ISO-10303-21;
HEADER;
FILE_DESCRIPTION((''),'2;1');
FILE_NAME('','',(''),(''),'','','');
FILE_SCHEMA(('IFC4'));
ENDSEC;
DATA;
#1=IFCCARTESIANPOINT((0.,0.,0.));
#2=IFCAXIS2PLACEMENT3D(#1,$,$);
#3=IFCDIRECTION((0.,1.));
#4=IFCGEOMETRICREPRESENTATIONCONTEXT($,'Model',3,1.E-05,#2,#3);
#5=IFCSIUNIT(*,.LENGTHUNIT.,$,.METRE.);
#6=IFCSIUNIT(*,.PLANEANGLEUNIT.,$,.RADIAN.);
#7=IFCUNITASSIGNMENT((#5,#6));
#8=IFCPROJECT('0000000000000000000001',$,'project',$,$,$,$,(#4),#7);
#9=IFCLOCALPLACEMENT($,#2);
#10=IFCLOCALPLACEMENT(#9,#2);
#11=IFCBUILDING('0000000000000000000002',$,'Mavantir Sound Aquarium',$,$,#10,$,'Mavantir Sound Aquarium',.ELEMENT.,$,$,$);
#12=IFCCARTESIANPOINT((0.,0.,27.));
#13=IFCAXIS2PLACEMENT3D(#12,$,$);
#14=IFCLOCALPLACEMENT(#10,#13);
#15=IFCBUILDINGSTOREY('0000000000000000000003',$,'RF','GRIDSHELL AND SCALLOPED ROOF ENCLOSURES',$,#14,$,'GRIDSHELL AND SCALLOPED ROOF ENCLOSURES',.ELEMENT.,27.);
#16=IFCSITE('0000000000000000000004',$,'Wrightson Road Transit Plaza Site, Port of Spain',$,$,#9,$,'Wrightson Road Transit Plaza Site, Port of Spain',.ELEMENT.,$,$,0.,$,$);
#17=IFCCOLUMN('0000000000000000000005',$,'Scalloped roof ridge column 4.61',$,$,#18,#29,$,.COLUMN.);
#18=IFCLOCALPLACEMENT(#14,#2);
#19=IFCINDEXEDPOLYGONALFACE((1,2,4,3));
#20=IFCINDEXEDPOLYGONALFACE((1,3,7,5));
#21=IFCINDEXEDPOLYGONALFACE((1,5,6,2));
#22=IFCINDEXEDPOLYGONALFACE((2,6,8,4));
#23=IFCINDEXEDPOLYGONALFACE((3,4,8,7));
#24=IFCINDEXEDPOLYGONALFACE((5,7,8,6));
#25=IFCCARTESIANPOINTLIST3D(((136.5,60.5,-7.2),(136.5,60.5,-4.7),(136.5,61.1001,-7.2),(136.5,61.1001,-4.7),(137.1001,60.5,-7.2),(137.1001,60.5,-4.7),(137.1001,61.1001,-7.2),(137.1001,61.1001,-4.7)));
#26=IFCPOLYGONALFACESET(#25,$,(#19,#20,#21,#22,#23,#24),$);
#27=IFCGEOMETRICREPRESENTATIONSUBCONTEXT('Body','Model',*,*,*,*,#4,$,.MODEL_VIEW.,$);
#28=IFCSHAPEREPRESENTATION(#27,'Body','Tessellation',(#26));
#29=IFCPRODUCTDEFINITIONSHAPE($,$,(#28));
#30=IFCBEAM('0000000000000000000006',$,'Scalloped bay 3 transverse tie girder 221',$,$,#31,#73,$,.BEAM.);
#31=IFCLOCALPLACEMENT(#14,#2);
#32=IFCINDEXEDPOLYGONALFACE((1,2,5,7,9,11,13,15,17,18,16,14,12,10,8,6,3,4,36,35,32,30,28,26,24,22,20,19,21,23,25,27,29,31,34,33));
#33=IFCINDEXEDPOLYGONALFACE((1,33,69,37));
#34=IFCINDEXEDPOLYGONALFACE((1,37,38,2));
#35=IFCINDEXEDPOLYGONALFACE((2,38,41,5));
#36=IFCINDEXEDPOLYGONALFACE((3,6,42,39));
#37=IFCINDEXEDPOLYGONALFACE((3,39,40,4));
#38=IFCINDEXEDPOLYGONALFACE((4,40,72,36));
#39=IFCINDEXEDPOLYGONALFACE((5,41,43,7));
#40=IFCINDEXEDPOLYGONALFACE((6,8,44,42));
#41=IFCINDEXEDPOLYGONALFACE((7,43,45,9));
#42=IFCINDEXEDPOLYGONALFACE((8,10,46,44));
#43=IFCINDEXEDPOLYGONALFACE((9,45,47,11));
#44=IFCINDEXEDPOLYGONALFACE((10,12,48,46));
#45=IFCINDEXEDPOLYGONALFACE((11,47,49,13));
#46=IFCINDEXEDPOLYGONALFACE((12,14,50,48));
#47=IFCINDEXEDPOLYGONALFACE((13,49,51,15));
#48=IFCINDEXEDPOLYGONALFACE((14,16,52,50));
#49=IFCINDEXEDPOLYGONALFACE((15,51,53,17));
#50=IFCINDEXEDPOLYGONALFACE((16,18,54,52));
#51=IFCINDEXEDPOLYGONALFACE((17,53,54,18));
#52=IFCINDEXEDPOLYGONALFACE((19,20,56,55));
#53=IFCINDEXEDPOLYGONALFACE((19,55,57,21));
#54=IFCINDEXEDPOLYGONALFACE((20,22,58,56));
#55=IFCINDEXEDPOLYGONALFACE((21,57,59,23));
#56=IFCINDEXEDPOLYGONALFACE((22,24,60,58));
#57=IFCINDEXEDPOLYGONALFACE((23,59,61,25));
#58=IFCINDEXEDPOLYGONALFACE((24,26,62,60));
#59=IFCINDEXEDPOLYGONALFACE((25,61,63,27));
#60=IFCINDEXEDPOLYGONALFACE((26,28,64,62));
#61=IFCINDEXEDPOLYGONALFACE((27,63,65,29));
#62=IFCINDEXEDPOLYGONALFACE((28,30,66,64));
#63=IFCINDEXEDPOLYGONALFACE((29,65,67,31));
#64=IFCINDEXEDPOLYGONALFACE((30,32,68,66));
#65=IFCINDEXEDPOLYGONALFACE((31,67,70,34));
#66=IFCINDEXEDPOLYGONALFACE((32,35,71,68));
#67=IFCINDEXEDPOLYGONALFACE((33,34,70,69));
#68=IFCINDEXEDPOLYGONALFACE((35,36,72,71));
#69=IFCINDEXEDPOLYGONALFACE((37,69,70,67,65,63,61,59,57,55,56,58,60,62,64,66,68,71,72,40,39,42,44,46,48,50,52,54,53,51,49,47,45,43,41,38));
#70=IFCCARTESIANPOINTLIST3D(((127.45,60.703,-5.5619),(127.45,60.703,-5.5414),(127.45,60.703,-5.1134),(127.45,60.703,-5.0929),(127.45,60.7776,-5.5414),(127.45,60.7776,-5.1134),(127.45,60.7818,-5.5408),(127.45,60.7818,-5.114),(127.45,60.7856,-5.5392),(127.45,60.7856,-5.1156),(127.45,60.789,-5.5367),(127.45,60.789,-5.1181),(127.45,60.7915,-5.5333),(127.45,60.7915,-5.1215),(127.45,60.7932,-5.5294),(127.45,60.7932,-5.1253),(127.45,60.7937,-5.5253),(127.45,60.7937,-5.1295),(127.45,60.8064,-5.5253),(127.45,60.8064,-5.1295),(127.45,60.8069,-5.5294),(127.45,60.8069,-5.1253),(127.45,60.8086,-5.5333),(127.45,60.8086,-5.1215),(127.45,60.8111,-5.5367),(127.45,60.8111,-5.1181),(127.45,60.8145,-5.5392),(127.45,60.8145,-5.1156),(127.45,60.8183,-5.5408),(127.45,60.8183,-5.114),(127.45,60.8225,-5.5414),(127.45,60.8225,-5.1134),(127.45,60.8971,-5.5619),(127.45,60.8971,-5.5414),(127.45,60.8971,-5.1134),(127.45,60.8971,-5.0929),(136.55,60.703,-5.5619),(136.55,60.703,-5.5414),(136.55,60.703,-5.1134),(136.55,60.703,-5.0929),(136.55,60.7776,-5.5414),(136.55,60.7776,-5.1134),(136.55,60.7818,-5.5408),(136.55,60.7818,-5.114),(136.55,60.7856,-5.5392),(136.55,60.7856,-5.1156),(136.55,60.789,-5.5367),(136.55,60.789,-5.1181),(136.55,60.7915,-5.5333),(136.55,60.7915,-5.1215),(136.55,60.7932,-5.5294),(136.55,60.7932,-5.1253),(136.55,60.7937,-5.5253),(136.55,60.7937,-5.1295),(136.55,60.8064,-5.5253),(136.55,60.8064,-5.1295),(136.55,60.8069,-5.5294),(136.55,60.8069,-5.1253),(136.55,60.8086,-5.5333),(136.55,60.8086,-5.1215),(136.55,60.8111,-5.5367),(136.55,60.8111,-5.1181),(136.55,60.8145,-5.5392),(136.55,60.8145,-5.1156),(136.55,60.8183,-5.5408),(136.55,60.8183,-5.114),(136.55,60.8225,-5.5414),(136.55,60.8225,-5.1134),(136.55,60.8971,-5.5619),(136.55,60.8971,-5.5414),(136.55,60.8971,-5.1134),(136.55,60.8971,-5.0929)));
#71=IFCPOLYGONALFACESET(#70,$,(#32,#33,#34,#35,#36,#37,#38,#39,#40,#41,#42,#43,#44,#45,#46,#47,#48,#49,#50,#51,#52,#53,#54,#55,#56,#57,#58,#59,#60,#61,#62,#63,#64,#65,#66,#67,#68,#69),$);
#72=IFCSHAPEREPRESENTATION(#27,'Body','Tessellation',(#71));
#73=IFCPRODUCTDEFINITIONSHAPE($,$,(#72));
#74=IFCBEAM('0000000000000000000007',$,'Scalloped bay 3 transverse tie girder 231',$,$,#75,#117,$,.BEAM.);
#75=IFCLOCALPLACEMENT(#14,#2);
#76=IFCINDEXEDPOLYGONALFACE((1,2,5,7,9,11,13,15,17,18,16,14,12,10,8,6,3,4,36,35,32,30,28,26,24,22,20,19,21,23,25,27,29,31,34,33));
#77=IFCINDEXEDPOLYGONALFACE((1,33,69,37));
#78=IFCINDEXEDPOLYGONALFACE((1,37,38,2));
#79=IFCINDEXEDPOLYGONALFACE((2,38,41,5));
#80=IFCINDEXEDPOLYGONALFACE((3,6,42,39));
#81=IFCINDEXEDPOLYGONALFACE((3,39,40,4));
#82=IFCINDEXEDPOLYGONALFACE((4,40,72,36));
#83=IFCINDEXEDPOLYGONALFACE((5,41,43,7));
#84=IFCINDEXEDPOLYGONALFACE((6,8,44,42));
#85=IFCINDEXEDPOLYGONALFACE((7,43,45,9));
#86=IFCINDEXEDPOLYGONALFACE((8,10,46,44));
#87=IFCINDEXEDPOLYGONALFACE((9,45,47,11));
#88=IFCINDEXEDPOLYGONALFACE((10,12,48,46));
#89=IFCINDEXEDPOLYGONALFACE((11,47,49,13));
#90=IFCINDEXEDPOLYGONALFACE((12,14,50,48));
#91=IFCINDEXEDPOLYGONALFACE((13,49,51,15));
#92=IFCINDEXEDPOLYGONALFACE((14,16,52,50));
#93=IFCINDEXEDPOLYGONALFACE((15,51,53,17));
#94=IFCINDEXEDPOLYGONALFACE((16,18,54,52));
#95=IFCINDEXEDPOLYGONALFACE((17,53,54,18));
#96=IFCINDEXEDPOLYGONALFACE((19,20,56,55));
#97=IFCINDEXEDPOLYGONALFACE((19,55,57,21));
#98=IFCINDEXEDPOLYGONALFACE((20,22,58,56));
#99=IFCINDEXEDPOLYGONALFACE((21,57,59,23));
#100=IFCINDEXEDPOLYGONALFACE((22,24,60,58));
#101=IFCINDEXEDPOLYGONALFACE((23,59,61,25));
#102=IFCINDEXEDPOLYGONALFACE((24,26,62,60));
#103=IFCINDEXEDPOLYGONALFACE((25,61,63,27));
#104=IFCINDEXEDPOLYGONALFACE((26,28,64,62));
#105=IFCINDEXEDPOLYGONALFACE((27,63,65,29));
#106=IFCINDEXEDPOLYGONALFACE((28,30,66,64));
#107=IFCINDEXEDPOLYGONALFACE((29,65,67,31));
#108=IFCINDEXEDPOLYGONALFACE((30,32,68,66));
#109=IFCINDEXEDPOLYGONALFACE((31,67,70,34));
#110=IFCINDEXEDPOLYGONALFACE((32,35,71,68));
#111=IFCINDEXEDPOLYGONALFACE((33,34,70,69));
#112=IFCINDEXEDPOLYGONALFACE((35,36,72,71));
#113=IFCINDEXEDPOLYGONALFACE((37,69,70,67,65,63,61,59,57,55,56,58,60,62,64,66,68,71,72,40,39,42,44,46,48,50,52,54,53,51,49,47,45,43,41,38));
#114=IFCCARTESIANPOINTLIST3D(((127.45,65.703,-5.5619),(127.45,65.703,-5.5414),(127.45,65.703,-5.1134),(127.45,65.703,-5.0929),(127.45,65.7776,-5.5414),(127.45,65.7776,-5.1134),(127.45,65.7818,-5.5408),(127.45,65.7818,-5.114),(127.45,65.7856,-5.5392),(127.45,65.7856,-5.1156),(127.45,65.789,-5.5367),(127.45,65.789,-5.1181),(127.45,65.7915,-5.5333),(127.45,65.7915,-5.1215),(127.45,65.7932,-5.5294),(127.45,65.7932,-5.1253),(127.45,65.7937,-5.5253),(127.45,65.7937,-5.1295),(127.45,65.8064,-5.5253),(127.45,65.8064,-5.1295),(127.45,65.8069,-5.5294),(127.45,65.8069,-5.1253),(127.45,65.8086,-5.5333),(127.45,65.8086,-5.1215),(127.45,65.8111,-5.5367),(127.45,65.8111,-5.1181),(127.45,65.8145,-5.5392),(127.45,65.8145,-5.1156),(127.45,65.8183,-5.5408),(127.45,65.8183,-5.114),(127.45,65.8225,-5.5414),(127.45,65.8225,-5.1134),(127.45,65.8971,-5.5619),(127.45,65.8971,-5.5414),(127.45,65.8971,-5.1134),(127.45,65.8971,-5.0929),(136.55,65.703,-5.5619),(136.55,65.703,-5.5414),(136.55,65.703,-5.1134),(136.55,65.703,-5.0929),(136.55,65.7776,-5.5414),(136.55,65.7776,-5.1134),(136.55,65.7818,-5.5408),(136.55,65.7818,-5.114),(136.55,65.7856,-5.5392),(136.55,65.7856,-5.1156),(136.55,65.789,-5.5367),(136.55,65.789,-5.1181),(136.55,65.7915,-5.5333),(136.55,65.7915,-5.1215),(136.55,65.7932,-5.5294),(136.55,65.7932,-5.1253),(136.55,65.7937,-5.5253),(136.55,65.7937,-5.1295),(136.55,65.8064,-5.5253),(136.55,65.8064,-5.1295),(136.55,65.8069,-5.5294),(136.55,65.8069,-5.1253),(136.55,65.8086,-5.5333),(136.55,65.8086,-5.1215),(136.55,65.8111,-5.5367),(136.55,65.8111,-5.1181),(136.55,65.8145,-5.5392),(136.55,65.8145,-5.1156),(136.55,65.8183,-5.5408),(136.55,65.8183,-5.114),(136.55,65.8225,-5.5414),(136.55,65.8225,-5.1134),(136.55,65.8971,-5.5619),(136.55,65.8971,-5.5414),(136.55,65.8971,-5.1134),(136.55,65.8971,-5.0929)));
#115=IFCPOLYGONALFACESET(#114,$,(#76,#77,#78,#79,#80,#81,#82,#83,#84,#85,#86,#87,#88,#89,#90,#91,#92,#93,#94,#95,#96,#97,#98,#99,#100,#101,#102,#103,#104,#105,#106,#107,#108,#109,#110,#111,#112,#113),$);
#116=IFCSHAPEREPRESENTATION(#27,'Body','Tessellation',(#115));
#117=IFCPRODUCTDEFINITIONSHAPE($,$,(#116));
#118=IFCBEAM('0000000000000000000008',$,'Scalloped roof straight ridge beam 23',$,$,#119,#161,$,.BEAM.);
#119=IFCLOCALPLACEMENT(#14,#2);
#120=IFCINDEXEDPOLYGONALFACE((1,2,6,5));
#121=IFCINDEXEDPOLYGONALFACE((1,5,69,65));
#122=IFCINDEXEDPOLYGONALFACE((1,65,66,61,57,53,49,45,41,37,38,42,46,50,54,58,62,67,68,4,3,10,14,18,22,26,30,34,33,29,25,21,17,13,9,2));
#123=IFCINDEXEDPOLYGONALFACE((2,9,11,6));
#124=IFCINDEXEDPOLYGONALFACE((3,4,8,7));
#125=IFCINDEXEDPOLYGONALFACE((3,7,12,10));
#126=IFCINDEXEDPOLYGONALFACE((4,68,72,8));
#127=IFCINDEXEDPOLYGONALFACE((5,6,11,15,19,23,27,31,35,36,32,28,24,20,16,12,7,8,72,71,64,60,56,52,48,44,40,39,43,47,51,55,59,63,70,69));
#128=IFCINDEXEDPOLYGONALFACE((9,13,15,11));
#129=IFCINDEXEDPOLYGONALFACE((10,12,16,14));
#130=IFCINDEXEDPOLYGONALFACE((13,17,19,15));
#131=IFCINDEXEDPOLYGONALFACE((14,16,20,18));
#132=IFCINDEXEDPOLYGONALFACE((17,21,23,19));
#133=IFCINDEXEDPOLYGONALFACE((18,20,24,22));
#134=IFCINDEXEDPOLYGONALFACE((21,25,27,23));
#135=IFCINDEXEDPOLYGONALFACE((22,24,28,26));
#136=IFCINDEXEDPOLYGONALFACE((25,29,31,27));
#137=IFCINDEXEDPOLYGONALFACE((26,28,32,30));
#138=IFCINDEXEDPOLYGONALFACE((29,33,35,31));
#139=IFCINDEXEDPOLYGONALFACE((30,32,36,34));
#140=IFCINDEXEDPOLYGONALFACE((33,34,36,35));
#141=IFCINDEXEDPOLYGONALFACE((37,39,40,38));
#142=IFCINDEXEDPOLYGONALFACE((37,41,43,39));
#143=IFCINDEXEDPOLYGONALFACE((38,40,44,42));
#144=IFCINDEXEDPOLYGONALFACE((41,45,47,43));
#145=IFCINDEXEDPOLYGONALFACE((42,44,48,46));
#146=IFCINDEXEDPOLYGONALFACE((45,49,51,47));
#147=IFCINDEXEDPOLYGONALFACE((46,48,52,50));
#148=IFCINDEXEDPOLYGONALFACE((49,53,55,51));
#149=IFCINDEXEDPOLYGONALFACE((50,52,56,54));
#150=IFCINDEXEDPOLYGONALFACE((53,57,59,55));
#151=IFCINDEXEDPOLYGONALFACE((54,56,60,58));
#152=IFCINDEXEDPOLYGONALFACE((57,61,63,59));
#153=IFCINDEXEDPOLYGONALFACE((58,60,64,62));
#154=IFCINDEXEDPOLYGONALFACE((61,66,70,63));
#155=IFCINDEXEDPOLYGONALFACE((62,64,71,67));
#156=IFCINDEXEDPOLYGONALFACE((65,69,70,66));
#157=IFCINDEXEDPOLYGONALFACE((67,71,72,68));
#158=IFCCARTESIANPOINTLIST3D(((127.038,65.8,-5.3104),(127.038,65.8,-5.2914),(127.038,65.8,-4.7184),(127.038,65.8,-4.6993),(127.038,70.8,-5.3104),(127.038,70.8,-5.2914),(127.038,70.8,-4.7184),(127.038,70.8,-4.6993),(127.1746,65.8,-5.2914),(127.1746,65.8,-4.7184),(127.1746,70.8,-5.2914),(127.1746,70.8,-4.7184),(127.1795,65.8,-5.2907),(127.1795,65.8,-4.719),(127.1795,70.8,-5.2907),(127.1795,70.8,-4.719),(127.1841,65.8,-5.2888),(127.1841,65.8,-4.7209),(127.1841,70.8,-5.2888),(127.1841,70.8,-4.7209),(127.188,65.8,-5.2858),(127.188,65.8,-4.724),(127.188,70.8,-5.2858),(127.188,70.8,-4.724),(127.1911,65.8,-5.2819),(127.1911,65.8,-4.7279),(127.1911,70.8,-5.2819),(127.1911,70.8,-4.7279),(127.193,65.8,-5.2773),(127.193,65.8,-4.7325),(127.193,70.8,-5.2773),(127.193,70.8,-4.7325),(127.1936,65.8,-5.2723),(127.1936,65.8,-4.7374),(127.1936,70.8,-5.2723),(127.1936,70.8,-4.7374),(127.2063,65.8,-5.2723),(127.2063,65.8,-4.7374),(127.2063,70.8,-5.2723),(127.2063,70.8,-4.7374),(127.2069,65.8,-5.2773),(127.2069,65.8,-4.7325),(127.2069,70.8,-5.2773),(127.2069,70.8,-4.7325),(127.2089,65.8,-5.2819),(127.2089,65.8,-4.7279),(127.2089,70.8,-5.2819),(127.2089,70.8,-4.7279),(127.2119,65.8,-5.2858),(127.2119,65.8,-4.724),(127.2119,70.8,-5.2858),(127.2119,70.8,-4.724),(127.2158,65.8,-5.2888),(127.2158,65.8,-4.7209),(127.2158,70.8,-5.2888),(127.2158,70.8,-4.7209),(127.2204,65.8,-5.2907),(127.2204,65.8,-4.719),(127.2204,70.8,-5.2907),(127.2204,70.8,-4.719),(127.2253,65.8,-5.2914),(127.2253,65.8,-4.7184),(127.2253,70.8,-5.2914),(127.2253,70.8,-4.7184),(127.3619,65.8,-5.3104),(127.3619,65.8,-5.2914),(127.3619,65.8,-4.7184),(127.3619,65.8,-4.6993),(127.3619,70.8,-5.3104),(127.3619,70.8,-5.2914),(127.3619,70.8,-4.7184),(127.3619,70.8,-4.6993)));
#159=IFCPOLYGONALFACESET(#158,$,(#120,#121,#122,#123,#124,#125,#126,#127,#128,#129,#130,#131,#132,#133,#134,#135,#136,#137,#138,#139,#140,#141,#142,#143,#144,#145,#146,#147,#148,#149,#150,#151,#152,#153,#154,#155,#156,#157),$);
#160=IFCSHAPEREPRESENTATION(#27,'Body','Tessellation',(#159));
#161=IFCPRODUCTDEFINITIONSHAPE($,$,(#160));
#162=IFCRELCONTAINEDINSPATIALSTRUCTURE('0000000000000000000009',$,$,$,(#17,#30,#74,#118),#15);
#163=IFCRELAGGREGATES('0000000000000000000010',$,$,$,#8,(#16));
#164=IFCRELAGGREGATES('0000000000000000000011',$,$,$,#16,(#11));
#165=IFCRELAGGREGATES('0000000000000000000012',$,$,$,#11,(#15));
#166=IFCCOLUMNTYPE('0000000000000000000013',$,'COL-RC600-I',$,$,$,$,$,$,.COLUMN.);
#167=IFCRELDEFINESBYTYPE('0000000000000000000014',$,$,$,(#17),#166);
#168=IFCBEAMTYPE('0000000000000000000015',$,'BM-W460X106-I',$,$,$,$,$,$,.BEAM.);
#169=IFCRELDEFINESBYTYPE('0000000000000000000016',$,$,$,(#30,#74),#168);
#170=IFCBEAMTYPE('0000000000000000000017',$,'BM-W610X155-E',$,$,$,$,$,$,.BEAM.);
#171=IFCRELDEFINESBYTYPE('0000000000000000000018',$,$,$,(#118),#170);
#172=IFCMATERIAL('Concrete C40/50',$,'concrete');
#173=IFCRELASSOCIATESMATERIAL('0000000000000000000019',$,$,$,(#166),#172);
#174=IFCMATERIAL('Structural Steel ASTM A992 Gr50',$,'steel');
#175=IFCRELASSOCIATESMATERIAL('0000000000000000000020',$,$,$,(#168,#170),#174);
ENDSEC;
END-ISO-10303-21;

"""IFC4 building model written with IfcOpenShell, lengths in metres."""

from ifc_helpers import new_model, si_unit, direction, frame, origin, origin_2d, place, context, subcontext, project, spatial, rectangle, i_section, extrude, material, material_profile, profile_set, type_object, element, save


model = new_model("IFC4")

# Units and contexts
model_context = context("Model", 3, precision=1e-05, world=origin(), true_north=direction((0.0, 1.0)))
body_context = subcontext(model_context, "Body", "Model", "MODEL_VIEW")
ifc_project = project(units=[si_unit("LENGTHUNIT", "METRE"), si_unit("PLANEANGLEUNIT", "RADIAN")], contexts=[model_context])

# Site, building, storey
site_placement = place(None, origin())
site = spatial("IfcSite", under=ifc_project, at=site_placement, Name="Wrightson Road Transit Plaza Site, Port of Spain", LongName="Wrightson Road Transit Plaza Site, Port of Spain", CompositionType="ELEMENT", RefElevation=0.0)
building_placement = place(site_placement, origin())
building = spatial("IfcBuilding", under=site, at=building_placement, Name="Mavantir Sound Aquarium", LongName="Mavantir Sound Aquarium", CompositionType="ELEMENT")
storey_placement = place(building_placement, frame((0.0, 0.0, 27.0)))
storey = spatial("IfcBuildingStorey", under=building, at=storey_placement, Name="RF", Description="GRIDSHELL AND SCALLOPED ROOF ENCLOSURES", LongName="GRIDSHELL AND SCALLOPED ROOF ENCLOSURES", CompositionType="ELEMENT", Elevation=27.0)

# Column
ifc_material_1 = material(Name="Concrete C40/50", Category="concrete")
ifc_material_profile_1 = material_profile(ifc_material_1, rectangle(XDim=0.6001, YDim=0.6001, at=origin_2d()), Name="RC 600X600")
ifc_profile_set_1 = profile_set([ifc_material_profile_1], Name="Concrete C40/50")
column_type = type_object("IfcColumnType", Name="COL-RC600-I", PredefinedType="COLUMN", material=ifc_profile_set_1)
column_placement = place(storey_placement, frame((136.8, 60.8, -7.2), z_axis=(0.0, 0.0, 1.0), x_axis=(1.0, 0.0, 0.0)))
element("IfcColumn", 1, at=column_placement, inside=storey, type_object=column_type, Name="Scalloped roof ridge column 4.61", PredefinedType="COLUMN", context=body_context, shape_type="SweptSolid", body=[
    extrude(rectangle(XDim=0.6001, YDim=0.6001, at=origin_2d()), origin(), (0.0, 0.0, 1.0), 2.5),
])

# Beams
ifc_material_2 = material(Name="Structural Steel ASTM A992 Gr50", Category="steel")
ifc_material_profile_2 = material_profile(ifc_material_2, i_section(OverallWidth=0.1941, OverallDepth=0.469, WebThickness=0.0127, FlangeThickness=0.0205, FilletRadius=0.0161, at=origin_2d()), Name="W460X106")
ifc_profile_set_2 = profile_set([ifc_material_profile_2], Name="Structural Steel ASTM A992 Gr50")
beam_type_1 = type_object("IfcBeamType", Name="BM-W460X106-I", PredefinedType="BEAM", material=ifc_profile_set_2)
for number, where, z_axis, x_axis, name in (
    (2, (127.45, 60.8, -5.3274), (1.0, 0.0, 0.0), (0.0, 1.0, 0.0), "Scalloped bay 3 transverse tie girder 221"),
    (3, (127.45, 65.8, -5.3274), (1.0, 0.0, 0.0), (0.0, 1.0, 0.0), "Scalloped bay 3 transverse tie girder 231"),
):
    element("IfcBeam", number, at=place(storey_placement, frame(where, z_axis=z_axis, x_axis=x_axis)), inside=storey, type_object=beam_type_1, Name=name, PredefinedType="BEAM", context=body_context, shape_type="SweptSolid", body=[
        extrude(i_section(OverallWidth=0.1941, OverallDepth=0.469, WebThickness=0.0127, FlangeThickness=0.0205, FilletRadius=0.0161, at=origin_2d()), origin(), (0.0, 0.0, 1.0), 9.1001),
    ])
ifc_material_profile_3 = material_profile(ifc_material_2, i_section(OverallWidth=0.324, OverallDepth=0.6111, WebThickness=0.0127, FlangeThickness=0.019, FilletRadius=0.019, at=origin_2d()), Name="W610X155")
ifc_profile_set_3 = profile_set([ifc_material_profile_3], Name="Structural Steel ASTM A992 Gr50")
beam_type_2 = type_object("IfcBeamType", Name="BM-W610X155-E", PredefinedType="BEAM", material=ifc_profile_set_3)
for number, where, z_axis, x_axis, name in (
    (4, (127.2, 65.8, -5.0049), (0.0, 1.0, 0.0), (-1.0, 0.0, 0.0), "Scalloped roof straight ridge beam 23"),
):
    element("IfcBeam", number, at=place(storey_placement, frame(where, z_axis=z_axis, x_axis=x_axis)), inside=storey, type_object=beam_type_2, Name=name, PredefinedType="BEAM", context=body_context, shape_type="SweptSolid", body=[
        extrude(i_section(OverallWidth=0.324, OverallDepth=0.6111, WebThickness=0.0127, FlangeThickness=0.019, FilletRadius=0.019, at=origin_2d()), origin(), (0.0, 0.0, 1.0), 5.0),
    ])

save(model, "model.ifc")
